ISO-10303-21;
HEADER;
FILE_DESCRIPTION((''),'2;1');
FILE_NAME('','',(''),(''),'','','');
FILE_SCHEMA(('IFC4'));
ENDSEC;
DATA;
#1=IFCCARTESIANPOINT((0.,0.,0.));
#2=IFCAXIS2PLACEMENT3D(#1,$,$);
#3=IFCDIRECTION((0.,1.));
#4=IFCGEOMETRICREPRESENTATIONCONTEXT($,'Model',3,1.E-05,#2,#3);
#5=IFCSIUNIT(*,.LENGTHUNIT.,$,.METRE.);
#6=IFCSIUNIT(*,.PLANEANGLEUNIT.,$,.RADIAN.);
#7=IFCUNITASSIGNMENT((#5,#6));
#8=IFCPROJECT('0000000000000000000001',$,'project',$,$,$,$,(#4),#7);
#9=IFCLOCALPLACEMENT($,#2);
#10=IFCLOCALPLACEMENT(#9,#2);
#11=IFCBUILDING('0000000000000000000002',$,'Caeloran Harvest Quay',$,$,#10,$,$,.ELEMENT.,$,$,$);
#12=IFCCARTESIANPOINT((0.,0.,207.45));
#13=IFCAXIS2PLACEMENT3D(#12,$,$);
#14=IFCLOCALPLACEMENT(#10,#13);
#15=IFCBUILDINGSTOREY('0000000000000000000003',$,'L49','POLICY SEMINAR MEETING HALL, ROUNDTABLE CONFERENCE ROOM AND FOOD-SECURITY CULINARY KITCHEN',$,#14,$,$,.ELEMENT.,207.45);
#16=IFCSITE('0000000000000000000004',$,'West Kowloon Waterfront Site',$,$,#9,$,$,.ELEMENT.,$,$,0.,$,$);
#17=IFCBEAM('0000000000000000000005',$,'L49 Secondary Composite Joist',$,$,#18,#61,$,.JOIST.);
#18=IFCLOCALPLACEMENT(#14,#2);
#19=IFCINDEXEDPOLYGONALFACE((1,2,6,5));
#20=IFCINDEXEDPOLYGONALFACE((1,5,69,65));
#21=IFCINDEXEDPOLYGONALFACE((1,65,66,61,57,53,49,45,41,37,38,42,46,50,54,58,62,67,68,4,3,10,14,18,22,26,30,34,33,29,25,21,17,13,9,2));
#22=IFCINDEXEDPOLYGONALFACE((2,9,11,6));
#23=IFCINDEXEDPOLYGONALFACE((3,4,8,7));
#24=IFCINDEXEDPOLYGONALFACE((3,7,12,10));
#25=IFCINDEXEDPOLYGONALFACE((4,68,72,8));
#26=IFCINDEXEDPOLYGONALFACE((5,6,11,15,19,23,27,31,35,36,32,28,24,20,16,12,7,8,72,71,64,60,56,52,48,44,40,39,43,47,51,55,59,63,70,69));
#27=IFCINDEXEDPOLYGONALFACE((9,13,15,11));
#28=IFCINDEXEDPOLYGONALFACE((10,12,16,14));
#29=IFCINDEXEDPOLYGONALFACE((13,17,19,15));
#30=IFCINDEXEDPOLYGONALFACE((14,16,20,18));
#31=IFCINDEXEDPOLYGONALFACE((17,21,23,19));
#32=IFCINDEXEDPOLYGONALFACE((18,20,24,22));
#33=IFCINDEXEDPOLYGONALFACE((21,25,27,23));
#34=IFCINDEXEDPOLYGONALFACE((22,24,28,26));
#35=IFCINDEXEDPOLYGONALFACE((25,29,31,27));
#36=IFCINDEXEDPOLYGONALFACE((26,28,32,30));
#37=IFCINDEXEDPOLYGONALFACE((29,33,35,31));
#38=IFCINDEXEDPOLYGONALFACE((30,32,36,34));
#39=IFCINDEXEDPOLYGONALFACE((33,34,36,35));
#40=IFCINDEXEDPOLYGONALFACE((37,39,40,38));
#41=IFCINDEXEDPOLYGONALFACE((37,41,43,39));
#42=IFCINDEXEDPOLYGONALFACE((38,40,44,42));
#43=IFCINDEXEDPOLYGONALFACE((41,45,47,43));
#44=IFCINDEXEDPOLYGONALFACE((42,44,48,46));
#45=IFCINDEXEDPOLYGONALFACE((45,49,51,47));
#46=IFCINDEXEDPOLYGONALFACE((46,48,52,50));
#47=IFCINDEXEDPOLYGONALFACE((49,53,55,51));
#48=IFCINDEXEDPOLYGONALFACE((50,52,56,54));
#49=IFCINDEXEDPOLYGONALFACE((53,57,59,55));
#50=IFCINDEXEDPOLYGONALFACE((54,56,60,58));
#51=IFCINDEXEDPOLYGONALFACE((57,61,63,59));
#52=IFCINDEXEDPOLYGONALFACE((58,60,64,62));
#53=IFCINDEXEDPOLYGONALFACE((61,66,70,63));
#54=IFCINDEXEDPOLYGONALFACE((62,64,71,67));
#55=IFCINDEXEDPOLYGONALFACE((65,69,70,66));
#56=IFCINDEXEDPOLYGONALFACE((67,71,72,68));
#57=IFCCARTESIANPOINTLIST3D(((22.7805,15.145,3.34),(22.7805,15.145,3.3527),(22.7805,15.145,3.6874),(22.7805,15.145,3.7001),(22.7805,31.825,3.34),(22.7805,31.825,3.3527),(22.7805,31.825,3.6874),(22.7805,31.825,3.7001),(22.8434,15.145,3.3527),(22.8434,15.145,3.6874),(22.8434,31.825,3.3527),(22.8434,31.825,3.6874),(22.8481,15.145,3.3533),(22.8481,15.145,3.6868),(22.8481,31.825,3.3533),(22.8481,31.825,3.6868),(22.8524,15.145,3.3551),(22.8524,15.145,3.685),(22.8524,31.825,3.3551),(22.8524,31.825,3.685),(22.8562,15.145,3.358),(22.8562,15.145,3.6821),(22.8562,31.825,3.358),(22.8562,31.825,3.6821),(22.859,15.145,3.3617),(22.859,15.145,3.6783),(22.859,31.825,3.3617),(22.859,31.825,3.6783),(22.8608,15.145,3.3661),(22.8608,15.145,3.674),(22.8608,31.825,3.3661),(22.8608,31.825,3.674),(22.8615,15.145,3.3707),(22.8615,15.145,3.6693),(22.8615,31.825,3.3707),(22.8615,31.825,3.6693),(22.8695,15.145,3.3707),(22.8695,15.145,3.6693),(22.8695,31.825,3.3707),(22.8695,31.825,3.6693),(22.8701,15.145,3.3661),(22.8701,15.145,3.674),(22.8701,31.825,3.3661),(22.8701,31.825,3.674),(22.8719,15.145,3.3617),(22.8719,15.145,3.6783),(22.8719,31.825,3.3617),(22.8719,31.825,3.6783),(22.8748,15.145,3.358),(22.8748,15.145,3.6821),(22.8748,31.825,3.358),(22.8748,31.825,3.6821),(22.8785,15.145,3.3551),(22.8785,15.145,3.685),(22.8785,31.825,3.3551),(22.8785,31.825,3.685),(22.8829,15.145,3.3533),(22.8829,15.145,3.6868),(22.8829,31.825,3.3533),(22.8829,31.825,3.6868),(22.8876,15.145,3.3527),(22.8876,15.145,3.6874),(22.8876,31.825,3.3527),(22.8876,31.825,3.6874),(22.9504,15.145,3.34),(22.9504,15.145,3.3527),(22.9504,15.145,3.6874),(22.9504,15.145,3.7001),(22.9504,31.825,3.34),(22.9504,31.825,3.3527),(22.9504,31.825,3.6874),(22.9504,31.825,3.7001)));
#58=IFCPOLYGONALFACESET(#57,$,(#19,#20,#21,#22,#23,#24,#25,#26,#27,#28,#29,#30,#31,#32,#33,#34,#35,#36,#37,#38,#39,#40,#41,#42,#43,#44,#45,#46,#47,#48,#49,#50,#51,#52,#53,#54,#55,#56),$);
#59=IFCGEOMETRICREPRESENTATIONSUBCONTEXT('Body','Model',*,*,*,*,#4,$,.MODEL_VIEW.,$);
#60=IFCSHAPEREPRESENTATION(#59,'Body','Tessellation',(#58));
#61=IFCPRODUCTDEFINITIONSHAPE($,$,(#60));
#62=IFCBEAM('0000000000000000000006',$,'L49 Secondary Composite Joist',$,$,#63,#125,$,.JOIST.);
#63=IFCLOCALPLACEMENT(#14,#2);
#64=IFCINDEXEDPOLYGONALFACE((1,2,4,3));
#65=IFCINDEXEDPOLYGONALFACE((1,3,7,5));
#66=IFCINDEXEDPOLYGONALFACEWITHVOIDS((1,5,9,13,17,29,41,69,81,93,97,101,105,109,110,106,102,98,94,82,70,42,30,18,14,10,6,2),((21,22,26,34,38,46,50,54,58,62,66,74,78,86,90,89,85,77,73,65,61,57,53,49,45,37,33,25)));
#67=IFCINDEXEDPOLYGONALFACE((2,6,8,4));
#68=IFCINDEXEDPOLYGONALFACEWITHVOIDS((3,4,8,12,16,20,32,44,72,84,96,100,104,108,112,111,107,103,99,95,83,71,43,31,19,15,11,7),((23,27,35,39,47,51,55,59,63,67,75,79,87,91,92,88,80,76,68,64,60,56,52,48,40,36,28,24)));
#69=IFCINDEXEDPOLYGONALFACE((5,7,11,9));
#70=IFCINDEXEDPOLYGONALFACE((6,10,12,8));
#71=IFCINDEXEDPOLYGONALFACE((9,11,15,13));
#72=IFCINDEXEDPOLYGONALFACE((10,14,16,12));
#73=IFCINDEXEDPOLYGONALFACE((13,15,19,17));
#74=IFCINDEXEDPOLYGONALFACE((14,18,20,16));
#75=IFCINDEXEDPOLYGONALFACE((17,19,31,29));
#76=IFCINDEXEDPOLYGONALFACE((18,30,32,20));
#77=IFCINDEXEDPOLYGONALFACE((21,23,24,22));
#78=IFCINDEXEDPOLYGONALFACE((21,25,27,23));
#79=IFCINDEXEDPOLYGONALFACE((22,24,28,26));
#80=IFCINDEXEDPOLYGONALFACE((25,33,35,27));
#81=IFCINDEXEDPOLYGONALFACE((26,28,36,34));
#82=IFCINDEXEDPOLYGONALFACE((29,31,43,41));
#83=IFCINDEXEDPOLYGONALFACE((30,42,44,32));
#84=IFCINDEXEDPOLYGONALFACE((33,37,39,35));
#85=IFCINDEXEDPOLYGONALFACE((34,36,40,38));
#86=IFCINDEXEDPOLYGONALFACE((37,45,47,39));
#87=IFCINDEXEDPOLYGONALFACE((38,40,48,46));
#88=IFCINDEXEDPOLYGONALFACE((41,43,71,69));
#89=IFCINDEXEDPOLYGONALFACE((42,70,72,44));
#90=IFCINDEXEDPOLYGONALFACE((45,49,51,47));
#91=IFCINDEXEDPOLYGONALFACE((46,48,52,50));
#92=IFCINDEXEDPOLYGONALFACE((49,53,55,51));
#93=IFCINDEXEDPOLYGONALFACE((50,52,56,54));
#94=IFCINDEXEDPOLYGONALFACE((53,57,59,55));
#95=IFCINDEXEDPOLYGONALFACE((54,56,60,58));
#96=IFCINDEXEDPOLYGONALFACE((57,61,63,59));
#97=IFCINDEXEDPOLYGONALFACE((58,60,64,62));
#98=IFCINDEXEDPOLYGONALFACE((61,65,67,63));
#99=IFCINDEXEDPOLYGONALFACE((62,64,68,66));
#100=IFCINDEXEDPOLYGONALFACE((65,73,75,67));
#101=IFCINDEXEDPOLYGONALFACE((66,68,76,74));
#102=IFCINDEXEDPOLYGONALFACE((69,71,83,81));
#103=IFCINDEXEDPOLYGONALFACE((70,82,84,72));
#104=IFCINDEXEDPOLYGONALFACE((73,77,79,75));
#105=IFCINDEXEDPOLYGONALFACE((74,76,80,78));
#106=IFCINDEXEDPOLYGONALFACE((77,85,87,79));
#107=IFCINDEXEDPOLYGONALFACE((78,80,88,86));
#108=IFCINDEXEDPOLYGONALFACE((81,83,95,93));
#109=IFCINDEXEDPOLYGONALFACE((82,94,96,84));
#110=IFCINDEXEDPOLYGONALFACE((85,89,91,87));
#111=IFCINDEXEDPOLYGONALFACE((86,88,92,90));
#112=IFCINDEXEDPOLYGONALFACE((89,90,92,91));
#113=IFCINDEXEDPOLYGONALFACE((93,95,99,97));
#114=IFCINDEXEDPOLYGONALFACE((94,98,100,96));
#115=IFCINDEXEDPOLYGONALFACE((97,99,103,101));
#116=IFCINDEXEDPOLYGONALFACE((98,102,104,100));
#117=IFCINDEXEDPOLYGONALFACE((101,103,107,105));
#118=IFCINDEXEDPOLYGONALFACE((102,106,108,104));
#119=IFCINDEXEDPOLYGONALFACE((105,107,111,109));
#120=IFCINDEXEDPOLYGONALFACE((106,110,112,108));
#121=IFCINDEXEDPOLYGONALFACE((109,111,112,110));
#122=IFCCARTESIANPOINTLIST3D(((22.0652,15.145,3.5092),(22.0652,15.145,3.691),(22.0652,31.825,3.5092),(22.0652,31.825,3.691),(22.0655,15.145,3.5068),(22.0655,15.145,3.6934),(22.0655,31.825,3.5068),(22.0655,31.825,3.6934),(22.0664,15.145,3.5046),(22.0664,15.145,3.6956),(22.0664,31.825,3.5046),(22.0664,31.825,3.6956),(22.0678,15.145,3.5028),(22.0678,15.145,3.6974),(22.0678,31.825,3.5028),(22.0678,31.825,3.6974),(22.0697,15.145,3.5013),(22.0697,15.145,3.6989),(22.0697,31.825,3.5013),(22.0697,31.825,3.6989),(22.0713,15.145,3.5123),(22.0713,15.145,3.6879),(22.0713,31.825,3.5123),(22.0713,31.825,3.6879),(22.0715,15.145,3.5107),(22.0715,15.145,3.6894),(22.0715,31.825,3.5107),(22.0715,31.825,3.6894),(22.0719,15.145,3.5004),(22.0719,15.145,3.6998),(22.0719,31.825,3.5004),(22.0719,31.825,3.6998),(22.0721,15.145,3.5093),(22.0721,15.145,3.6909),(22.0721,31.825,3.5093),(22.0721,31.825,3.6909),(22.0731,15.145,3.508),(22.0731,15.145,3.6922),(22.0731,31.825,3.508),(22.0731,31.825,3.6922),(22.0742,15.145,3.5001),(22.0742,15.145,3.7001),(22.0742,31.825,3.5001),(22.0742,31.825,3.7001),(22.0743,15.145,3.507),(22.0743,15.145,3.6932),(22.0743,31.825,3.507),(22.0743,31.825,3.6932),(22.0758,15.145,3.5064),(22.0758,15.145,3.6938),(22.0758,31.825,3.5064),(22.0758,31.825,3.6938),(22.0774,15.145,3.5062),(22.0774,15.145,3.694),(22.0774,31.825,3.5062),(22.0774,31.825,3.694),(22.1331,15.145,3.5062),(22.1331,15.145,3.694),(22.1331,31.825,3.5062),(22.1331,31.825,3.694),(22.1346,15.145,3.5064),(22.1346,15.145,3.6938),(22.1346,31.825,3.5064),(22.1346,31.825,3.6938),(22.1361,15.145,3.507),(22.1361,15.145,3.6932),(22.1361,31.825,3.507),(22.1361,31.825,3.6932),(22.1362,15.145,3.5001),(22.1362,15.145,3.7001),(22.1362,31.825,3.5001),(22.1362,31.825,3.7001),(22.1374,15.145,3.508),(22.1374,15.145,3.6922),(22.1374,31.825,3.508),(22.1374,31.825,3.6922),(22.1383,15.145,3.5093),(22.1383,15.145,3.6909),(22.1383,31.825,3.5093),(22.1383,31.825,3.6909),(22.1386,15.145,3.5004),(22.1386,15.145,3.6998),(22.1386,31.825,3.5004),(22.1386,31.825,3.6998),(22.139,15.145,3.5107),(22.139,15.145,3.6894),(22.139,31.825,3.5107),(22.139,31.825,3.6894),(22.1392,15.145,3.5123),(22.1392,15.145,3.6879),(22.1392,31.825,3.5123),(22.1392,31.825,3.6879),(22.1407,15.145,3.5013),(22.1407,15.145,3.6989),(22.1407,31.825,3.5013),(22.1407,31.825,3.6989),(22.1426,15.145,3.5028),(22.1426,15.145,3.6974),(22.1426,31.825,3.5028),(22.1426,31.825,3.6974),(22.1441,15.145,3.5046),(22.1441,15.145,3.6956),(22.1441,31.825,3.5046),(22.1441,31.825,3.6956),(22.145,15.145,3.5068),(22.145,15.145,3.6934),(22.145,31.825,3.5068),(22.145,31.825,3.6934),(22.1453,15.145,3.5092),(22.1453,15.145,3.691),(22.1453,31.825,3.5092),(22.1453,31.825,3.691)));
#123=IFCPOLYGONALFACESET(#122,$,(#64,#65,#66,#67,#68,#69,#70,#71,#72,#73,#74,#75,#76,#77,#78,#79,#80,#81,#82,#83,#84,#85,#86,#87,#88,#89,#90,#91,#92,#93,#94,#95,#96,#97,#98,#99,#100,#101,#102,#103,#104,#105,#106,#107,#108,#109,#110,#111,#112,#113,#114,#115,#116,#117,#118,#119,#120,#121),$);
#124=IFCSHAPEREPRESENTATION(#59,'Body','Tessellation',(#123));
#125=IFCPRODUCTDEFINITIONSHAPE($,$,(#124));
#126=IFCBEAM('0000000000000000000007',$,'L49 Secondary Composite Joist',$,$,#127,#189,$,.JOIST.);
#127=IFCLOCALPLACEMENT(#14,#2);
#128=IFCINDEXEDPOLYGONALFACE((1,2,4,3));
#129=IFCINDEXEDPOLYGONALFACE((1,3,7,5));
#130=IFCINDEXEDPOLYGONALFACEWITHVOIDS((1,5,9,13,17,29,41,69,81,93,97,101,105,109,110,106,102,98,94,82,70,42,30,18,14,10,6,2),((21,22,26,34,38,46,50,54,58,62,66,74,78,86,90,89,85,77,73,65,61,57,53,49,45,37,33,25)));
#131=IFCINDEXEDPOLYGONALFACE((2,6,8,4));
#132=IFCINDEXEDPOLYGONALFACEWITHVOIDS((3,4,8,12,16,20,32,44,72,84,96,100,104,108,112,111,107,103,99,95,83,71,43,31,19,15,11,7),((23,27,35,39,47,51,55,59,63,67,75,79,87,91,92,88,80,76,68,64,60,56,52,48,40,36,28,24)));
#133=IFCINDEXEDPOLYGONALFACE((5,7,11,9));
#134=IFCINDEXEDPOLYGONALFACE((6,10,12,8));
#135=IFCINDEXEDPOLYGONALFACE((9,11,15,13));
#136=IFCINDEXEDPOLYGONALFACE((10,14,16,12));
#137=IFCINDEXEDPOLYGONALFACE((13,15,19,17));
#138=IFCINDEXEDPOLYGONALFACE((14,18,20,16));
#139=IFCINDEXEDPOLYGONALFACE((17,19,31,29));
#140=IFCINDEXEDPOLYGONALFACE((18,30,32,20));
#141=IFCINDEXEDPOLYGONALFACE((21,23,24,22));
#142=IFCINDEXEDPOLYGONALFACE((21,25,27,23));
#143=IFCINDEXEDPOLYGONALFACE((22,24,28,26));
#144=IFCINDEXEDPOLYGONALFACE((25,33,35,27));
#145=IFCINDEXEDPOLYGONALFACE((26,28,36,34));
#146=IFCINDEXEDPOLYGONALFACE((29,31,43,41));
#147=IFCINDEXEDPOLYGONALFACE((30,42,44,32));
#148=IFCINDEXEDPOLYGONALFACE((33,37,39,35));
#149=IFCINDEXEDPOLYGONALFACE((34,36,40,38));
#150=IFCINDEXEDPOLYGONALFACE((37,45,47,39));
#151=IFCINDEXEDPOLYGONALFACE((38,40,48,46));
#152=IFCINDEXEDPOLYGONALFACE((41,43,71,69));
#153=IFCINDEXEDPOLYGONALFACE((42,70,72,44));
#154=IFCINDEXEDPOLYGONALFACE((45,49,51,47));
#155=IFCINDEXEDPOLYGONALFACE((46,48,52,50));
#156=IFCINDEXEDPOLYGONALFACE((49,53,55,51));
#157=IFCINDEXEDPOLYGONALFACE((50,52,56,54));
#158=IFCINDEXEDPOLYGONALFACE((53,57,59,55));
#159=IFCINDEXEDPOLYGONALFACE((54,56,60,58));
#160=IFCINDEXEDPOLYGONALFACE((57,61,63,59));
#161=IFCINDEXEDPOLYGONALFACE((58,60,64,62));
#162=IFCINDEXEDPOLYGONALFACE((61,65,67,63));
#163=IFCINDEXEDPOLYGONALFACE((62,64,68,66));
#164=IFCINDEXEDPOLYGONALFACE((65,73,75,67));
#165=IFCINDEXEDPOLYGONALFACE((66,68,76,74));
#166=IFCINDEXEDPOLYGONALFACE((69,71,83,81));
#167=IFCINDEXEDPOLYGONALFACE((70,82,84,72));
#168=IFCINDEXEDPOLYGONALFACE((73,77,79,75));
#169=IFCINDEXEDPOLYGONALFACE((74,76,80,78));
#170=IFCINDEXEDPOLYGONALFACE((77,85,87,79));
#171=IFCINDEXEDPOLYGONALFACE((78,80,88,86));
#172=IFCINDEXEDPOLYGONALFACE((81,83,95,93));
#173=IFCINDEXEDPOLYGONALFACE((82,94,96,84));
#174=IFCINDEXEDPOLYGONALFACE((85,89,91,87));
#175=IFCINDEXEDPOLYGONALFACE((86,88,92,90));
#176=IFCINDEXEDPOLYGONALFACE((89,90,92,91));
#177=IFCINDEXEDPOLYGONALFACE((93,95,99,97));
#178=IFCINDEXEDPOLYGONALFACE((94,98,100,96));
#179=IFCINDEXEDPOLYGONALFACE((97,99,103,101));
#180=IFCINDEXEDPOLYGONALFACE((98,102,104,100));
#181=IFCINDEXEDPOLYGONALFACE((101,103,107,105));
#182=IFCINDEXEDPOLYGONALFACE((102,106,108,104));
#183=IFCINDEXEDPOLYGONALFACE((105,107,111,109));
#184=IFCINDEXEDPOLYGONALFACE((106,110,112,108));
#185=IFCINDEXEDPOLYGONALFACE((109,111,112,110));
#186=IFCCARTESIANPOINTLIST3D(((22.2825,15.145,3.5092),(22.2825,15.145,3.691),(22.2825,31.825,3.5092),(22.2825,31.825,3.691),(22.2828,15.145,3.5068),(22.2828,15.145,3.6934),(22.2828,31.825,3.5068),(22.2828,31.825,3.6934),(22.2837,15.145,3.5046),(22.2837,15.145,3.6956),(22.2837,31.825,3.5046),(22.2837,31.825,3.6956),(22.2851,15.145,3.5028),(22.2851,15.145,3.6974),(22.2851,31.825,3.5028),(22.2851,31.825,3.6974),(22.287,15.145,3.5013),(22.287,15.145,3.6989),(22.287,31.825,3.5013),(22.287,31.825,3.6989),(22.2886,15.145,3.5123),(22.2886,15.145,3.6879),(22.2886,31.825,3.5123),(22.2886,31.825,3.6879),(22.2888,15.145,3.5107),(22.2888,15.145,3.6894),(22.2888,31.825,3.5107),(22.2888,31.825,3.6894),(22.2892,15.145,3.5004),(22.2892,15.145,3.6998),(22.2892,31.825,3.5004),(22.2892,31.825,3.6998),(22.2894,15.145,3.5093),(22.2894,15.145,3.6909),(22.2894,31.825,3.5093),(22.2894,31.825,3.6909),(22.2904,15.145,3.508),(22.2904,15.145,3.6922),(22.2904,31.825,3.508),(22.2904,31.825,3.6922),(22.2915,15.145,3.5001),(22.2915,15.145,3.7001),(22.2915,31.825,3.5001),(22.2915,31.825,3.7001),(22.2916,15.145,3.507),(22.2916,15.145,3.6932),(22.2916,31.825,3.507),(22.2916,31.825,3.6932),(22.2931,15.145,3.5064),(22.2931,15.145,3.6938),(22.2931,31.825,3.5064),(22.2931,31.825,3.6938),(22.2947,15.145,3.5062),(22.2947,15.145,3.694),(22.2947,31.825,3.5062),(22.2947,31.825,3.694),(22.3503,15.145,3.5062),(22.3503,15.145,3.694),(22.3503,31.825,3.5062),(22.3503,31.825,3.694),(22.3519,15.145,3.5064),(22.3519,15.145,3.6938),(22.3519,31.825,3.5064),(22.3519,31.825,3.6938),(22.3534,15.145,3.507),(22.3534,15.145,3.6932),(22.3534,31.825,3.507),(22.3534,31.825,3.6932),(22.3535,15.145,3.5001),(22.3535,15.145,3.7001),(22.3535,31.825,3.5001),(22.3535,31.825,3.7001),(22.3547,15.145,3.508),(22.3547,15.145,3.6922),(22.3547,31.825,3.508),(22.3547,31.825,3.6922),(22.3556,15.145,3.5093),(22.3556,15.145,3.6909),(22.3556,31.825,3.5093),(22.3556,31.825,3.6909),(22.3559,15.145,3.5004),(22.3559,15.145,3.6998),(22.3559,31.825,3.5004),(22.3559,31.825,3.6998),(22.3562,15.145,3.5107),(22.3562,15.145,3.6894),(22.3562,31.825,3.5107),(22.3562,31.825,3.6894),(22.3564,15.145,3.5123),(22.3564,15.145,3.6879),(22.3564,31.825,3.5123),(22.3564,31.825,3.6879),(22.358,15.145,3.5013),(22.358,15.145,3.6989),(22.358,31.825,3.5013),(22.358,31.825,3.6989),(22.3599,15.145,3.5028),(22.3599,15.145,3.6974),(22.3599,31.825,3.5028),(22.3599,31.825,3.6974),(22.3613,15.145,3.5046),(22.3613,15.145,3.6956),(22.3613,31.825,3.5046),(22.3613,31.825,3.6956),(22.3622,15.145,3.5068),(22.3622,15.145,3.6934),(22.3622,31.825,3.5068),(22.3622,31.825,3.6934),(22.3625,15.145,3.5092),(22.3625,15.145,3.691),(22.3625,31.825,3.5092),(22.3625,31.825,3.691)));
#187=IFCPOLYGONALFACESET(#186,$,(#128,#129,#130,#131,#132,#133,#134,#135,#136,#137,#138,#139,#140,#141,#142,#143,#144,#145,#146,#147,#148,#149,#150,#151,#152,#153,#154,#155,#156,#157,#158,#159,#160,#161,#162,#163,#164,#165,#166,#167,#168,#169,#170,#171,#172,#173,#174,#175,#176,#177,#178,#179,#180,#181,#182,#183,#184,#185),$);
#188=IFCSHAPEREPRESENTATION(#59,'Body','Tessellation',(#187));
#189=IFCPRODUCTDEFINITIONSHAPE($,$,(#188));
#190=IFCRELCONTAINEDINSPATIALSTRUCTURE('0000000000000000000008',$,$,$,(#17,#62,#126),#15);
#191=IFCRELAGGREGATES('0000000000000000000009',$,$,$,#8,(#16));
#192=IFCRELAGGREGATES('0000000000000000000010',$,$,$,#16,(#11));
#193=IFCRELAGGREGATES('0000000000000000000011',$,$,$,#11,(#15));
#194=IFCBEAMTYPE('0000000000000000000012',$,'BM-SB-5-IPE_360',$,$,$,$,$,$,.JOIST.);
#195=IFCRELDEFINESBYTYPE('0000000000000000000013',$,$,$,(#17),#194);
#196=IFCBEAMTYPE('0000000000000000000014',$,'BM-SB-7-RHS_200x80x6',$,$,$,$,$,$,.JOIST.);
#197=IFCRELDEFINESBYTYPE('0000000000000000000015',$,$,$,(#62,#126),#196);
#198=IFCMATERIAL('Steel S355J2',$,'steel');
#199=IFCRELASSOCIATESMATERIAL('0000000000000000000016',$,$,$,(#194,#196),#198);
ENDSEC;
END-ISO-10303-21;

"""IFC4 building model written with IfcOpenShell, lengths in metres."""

from ifc_helpers import new_model, si_unit, direction, frame, origin, origin_2d, place, context, subcontext, project, spatial, hollow_rectangle, i_section, extrude, material, material_profile, profile_set, type_object, element, save


model = new_model("IFC4")

# Units and contexts
model_context = context("Model", 3, precision=1e-05, world=origin(), true_north=direction((0.0, 1.0)))
body_context = subcontext(model_context, "Body", "Model", "MODEL_VIEW")
ifc_project = project(units=[si_unit("LENGTHUNIT", "METRE"), si_unit("PLANEANGLEUNIT", "RADIAN")], contexts=[model_context])

# Site, building, storey
site_placement = place(None, origin())
site = spatial("IfcSite", under=ifc_project, at=site_placement, Name="West Kowloon Waterfront Site", CompositionType="ELEMENT", RefElevation=0.0)
building_placement = place(site_placement, origin())
building = spatial("IfcBuilding", under=site, at=building_placement, Name="Caeloran Harvest Quay", CompositionType="ELEMENT")
storey_placement = place(building_placement, frame((0.0, 0.0, 207.45)))
storey = spatial("IfcBuildingStorey", under=building, at=storey_placement, Name="L49", Description="POLICY SEMINAR MEETING HALL, ROUNDTABLE CONFERENCE ROOM AND FOOD-SECURITY CULINARY KITCHEN", CompositionType="ELEMENT", Elevation=207.45)

# Beams
ifc_material_1 = material(Name="Steel S355J2", Category="steel")
ifc_material_profile_1 = material_profile(ifc_material_1, i_section(OverallWidth=0.1699, OverallDepth=0.3601, WebThickness=0.0081, FlangeThickness=0.0127, FilletRadius=0.0181, at=origin_2d()), Name="IPE 360")
ifc_profile_set_1 = profile_set([ifc_material_profile_1], Name="Steel S355J2")
beam_type_1 = type_object("IfcBeamType", Name="BM-SB-5-IPE_360", PredefinedType="JOIST", material=ifc_profile_set_1)
for number, where, z_axis, x_axis, name in (
    (1, (22.8655, 15.145, 3.52), (0.0, 1.0, 0.0), (-1.0, 0.0, 0.0), "L49 Secondary Composite Joist"),
):
    element("IfcBeam", number, at=place(storey_placement, frame(where, z_axis=z_axis, x_axis=x_axis)), inside=storey, type_object=beam_type_1, Name=name, PredefinedType="JOIST", context=body_context, shape_type="SweptSolid", body=[
        extrude(i_section(OverallWidth=0.1699, OverallDepth=0.3601, WebThickness=0.0081, FlangeThickness=0.0127, FilletRadius=0.0181, at=origin_2d()), origin(), (0.0, 0.0, 1.0), 16.6799),
    ])
ifc_material_profile_2 = material_profile(ifc_material_1, hollow_rectangle(XDim=0.0801, YDim=0.2, WallThickness=0.0061, InnerFilletRadius=0.0061, OuterFilletRadius=0.009, at=origin_2d()), Name="RHS 200x80x6")
ifc_profile_set_2 = profile_set([ifc_material_profile_2], Name="Steel S355J2")
beam_type_2 = type_object("IfcBeamType", Name="BM-SB-7-RHS_200x80x6", PredefinedType="JOIST", material=ifc_profile_set_2)
for number, where, z_axis, x_axis, name in (
    (2, (22.1052, 15.145, 3.6001), (0.0, 1.0, 0.0), (-1.0, 0.0, 0.0), "L49 Secondary Composite Joist"),
    (3, (22.3225, 15.145, 3.6001), (0.0, 1.0, 0.0), (-1.0, 0.0, 0.0), "L49 Secondary Composite Joist"),
):
    element("IfcBeam", number, at=place(storey_placement, frame(where, z_axis=z_axis, x_axis=x_axis)), inside=storey, type_object=beam_type_2, Name=name, PredefinedType="JOIST", context=body_context, shape_type="SweptSolid", body=[
        extrude(hollow_rectangle(XDim=0.0801, YDim=0.2, WallThickness=0.0061, InnerFilletRadius=0.0061, OuterFilletRadius=0.009, at=origin_2d()), origin(), (0.0, 0.0, 1.0), 16.6799),
    ])

save(model, "model.ifc")
